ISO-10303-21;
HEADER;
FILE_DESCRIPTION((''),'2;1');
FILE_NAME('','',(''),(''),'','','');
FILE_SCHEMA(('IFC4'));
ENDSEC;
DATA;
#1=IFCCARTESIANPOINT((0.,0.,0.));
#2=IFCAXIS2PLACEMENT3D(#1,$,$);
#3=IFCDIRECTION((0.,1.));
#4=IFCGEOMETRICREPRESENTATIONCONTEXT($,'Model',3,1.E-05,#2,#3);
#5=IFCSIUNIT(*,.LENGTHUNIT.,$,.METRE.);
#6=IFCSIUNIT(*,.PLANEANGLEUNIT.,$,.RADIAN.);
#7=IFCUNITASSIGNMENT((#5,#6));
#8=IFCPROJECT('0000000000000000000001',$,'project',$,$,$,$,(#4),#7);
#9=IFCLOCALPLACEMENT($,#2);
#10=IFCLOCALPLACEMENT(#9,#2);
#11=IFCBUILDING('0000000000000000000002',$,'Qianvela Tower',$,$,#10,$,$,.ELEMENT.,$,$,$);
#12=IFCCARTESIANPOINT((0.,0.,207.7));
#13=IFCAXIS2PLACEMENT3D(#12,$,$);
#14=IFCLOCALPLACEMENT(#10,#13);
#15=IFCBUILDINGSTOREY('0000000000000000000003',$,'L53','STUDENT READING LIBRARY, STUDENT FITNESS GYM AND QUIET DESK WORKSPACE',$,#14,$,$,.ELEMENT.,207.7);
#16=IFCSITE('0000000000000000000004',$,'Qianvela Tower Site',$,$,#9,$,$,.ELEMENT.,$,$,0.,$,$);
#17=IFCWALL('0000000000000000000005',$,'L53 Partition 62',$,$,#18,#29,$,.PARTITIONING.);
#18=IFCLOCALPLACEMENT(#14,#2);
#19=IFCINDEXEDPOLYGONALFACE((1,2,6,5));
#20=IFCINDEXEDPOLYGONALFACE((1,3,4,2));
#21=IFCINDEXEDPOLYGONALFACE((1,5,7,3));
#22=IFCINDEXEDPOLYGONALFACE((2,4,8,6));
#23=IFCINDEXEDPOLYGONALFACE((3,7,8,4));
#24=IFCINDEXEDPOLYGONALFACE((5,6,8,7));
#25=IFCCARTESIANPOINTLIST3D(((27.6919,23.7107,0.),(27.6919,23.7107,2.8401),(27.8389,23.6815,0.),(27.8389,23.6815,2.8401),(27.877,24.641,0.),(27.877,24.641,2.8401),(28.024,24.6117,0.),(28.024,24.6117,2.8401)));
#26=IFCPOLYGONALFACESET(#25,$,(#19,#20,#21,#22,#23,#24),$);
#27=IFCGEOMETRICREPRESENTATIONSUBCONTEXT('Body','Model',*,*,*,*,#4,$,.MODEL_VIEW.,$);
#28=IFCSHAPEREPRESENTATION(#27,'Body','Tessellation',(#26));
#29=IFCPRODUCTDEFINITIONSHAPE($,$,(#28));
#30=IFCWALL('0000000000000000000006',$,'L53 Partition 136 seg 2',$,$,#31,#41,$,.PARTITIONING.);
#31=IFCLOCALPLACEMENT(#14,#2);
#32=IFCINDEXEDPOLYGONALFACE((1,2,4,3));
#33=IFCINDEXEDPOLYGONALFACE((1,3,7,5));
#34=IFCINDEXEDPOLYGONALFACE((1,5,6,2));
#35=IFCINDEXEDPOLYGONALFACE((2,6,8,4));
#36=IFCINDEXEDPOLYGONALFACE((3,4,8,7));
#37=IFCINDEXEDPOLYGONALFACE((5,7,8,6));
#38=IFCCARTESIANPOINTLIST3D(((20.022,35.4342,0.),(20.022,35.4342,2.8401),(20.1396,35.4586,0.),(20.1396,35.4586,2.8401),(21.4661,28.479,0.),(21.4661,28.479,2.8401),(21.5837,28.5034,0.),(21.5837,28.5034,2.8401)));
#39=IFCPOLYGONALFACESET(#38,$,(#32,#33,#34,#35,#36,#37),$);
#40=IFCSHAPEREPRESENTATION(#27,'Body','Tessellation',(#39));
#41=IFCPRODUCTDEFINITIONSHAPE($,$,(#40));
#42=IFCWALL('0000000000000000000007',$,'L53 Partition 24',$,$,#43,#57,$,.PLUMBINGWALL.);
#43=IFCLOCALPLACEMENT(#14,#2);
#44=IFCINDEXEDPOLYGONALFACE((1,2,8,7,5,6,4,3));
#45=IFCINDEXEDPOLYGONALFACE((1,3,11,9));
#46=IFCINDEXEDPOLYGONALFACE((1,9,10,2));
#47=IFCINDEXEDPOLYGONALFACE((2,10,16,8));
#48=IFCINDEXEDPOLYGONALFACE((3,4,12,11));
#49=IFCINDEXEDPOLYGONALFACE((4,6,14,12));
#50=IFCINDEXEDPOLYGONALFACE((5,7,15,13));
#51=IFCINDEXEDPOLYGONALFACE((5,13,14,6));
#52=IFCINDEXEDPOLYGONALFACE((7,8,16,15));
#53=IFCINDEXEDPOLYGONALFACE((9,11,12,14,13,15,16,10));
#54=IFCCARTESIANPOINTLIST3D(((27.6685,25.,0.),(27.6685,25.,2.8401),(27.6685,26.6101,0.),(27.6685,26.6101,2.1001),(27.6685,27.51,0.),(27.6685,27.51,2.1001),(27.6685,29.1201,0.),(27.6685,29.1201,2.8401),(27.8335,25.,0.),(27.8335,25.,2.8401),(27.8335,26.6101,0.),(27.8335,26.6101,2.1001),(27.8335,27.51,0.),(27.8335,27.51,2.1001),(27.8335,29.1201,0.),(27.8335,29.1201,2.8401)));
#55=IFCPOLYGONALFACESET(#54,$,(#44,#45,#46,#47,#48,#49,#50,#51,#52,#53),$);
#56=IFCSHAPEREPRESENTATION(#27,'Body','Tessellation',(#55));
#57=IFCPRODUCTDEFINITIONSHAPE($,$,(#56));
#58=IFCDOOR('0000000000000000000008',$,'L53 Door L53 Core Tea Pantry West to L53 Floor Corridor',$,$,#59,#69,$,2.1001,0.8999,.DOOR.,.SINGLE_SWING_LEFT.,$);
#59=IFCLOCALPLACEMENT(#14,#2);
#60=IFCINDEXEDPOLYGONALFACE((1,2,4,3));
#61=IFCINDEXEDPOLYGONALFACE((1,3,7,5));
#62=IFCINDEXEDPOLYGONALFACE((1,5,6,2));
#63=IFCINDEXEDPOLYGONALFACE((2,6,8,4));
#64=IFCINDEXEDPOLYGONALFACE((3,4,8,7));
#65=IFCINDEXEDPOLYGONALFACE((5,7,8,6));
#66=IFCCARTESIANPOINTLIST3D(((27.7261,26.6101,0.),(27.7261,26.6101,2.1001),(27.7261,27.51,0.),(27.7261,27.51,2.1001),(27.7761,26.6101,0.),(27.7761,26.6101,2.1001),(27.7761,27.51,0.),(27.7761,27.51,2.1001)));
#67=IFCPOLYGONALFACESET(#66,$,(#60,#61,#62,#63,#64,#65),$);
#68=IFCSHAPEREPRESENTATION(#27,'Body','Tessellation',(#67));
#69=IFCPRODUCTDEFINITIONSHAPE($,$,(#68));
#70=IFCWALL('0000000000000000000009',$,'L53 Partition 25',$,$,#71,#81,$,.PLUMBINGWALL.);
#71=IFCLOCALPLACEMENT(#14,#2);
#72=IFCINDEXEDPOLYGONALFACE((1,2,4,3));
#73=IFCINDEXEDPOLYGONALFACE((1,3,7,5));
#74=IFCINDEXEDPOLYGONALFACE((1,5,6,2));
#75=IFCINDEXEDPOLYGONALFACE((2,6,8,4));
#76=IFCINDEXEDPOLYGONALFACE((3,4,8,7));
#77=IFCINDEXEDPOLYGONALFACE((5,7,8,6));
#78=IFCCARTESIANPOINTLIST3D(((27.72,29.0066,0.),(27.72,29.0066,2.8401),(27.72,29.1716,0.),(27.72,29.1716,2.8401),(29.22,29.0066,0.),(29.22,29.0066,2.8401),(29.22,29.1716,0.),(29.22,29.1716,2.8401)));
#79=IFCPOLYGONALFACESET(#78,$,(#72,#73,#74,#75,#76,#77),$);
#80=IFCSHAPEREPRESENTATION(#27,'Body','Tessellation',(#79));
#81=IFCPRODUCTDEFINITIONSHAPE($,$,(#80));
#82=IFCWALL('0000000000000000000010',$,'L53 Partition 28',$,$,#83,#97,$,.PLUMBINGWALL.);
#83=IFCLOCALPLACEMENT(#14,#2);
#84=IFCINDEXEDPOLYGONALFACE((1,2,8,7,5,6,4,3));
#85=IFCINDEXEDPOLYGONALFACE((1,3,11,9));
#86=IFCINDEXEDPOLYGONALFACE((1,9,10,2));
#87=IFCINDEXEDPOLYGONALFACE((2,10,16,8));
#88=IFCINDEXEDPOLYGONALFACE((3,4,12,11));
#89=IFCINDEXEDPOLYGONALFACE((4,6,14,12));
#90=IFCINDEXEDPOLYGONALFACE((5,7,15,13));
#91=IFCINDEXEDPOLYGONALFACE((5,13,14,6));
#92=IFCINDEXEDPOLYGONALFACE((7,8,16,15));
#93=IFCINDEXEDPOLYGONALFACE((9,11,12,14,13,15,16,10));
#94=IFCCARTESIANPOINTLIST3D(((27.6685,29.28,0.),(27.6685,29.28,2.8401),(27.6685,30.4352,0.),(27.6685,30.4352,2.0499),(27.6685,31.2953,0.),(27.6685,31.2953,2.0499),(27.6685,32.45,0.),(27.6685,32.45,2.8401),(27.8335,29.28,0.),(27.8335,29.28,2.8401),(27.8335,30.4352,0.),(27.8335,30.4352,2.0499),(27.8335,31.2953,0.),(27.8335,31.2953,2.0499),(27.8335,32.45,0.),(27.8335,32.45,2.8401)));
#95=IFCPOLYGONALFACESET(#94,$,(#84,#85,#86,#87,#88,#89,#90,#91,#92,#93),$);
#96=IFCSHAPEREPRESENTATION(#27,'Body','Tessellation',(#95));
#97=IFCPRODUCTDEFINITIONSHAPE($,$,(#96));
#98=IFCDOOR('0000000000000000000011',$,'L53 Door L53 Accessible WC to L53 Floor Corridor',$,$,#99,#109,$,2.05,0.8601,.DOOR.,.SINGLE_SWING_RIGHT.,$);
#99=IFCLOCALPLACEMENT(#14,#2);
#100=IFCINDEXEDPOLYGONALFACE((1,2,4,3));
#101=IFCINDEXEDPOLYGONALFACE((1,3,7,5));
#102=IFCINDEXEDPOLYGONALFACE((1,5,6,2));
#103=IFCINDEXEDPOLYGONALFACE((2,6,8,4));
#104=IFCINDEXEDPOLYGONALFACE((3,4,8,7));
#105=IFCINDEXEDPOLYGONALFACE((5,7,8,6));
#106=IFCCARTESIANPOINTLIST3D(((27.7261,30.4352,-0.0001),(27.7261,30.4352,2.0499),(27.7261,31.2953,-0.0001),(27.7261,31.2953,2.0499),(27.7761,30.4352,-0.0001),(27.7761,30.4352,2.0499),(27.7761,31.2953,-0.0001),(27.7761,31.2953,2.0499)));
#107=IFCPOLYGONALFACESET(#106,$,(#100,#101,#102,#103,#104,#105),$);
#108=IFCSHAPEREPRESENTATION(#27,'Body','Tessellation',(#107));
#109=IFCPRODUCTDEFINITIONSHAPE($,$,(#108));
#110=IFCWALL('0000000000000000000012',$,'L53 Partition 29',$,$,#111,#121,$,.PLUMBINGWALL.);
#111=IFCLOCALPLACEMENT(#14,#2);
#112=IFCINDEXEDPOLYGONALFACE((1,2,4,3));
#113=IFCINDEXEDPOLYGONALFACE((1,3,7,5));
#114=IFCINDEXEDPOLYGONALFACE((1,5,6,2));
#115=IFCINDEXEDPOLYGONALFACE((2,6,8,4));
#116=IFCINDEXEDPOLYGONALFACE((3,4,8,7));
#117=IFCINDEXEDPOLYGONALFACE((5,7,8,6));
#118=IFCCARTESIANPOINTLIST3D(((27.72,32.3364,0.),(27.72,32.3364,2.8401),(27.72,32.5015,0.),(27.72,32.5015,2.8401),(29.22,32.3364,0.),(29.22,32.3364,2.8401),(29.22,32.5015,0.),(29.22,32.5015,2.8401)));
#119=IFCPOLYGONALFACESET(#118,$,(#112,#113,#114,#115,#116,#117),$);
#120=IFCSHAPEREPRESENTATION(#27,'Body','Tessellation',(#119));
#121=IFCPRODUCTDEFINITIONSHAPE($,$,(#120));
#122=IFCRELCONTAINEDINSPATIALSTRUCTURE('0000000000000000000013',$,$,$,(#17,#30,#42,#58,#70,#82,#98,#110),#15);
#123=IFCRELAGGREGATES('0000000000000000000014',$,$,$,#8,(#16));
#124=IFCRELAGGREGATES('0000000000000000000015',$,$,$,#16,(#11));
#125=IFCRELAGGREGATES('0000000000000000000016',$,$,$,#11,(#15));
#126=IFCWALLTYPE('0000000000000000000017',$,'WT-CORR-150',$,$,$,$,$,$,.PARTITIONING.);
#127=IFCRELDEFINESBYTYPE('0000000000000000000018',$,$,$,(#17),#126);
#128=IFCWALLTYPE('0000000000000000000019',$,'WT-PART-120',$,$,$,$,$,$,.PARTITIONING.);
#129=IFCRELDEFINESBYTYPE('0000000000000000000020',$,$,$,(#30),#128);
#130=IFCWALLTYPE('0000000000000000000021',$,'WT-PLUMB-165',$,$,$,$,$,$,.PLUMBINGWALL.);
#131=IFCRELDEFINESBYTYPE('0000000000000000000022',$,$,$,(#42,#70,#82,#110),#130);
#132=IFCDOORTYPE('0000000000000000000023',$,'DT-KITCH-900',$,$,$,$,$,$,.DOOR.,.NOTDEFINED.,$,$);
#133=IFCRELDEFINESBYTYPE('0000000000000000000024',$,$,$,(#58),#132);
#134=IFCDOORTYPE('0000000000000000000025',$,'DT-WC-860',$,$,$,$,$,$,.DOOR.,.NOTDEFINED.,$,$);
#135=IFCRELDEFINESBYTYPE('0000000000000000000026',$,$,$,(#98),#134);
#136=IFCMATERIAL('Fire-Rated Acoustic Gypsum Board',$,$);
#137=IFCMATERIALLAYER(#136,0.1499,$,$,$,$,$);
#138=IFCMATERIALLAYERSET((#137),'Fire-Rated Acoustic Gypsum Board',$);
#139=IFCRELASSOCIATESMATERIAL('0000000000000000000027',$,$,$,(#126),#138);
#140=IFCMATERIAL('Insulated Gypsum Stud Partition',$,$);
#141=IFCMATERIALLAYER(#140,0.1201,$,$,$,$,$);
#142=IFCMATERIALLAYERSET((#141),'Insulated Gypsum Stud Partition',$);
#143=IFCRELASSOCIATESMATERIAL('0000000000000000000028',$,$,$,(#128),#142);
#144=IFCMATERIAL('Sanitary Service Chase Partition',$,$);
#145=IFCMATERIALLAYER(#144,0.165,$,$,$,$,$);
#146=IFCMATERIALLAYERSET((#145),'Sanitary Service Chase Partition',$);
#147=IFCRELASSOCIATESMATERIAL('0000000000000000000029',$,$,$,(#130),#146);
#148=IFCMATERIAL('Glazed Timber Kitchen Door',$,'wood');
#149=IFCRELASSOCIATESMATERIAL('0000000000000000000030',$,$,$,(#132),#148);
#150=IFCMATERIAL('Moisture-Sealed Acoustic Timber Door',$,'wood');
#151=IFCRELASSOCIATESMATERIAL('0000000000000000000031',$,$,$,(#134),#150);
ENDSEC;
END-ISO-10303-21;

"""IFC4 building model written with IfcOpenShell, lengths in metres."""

from ifc_helpers import new_model, si_unit, direction, frame, frame_2d, origin, place, context, subcontext, project, spatial, rectangle, extrude, material, layer, layer_set, type_object, element, fill, save


model = new_model("IFC4")

# Units and contexts
model_context = context("Model", 3, precision=1e-05, world=origin(), true_north=direction((0.0, 1.0)))
body_context = subcontext(model_context, "Body", "Model", "MODEL_VIEW")
ifc_project = project(units=[si_unit("LENGTHUNIT", "METRE"), si_unit("PLANEANGLEUNIT", "RADIAN")], contexts=[model_context])

# Site, building, storey
site_placement = place(None, origin())
site = spatial("IfcSite", under=ifc_project, at=site_placement, Name="Qianvela Tower Site", CompositionType="ELEMENT", RefElevation=0.0)
building_placement = place(site_placement, origin())
building = spatial("IfcBuilding", under=site, at=building_placement, Name="Qianvela Tower", CompositionType="ELEMENT")
storey_placement = place(building_placement, frame((0.0, 0.0, 207.7)))
storey = spatial("IfcBuildingStorey", under=building, at=storey_placement, Name="L53", Description="STUDENT READING LIBRARY, STUDENT FITNESS GYM AND QUIET DESK WORKSPACE", CompositionType="ELEMENT", Elevation=207.7)

# Walls
ifc_material_1 = material(Name="Fire-Rated Acoustic Gypsum Board")
ifc_layer_1 = layer(ifc_material_1, 0.1499)
ifc_layer_set_1 = layer_set([ifc_layer_1], Name="Fire-Rated Acoustic Gypsum Board")
wall_type_1 = type_object("IfcWallType", Name="WT-CORR-150", PredefinedType="PARTITIONING", material=ifc_layer_set_1)
wall_1_placement = place(storey_placement, frame((27.9504, 24.6262, 0.0), z_axis=(0.0, 0.0, 1.0), x_axis=(-0.195126, -0.980778, 0.0)))
element("IfcWall", 1, at=wall_1_placement, inside=storey, type_object=wall_type_1, Name="L53 Partition 62", PredefinedType="PARTITIONING", context=body_context, shape_type="SweptSolid", body=[
    extrude(rectangle(XDim=0.9485, YDim=0.1499, at=frame_2d((0.4741, 0.0))), origin(), (0.0, 0.0, 1.0), 2.8401),
])
ifc_material_2 = material(Name="Insulated Gypsum Stud Partition")
ifc_layer_2 = layer(ifc_material_2, 0.1201)
ifc_layer_set_2 = layer_set([ifc_layer_2], Name="Insulated Gypsum Stud Partition")
wall_type_2 = type_object("IfcWallType", Name="WT-PART-120", PredefinedType="PARTITIONING", material=ifc_layer_set_2)
wall_2_placement = place(storey_placement, frame((21.5249, 28.4912, 0.0), z_axis=(0.0, 0.0, 1.0), x_axis=(-0.203295, 0.979117, 0.0)))
element("IfcWall", 2, at=wall_2_placement, inside=storey, type_object=wall_type_2, Name="L53 Partition 136 seg 2", PredefinedType="PARTITIONING", context=body_context, shape_type="SweptSolid", body=[
    extrude(rectangle(XDim=7.1035, YDim=0.1201, at=frame_2d((3.5518, 0.0))), origin(), (0.0, 0.0, 1.0), 2.8401),
])

# Wall, opening, door
ifc_material_3 = material(Name="Sanitary Service Chase Partition")
ifc_layer_3 = layer(ifc_material_3, 0.165)
ifc_layer_set_3 = layer_set([ifc_layer_3], Name="Sanitary Service Chase Partition")
wall_type_3 = type_object("IfcWallType", Name="WT-PLUMB-165", PredefinedType="PLUMBINGWALL", material=ifc_layer_set_3)
wall_3_placement = place(storey_placement, frame((27.751, 25.0, 0.0), z_axis=(0.0, 0.0, 1.0), x_axis=(0.0, 1.0, 0.0)))
wall_3 = element("IfcWall", 3, at=wall_3_placement, inside=storey, type_object=wall_type_3, Name="L53 Partition 24", PredefinedType="PLUMBINGWALL", context=body_context, shape_type="SweptSolid", body=[
    extrude(rectangle(XDim=4.1201, YDim=0.165, at=frame_2d((2.0601, 0.0))), origin(), (0.0, 0.0, 1.0), 2.8401),
])
opening_1_placement = place(wall_3_placement, frame((1.6101, 0.0, 0.0)))
opening_1 = element("IfcOpeningElement", 4, at=opening_1_placement, cuts=wall_3, PredefinedType="OPENING", context=body_context, shape_type="SweptSolid", body=[
    extrude(rectangle(XDim=0.8999, YDim=2.1001, at=frame_2d((0.45, 1.05))), frame((0.0, 0.0925, 0.0), z_axis=(0.0, -1.0, 0.0), x_axis=(1.0, 0.0, 0.0)), (0.0, 0.0, 1.0), 0.1851),
])
ifc_material_4 = material(Name="Glazed Timber Kitchen Door", Category="wood")
door_type_1 = type_object("IfcDoorType", Name="DT-KITCH-900", OperationType="NOTDEFINED", PredefinedType="DOOR", material=ifc_material_4)
door_1_placement = place(opening_1_placement, origin())
door_1 = element("IfcDoor", 5, at=door_1_placement, inside=storey, type_object=door_type_1, Name="L53 Door L53 Core Tea Pantry West to L53 Floor Corridor", OperationType="SINGLE_SWING_LEFT", OverallHeight=2.1001, OverallWidth=0.8999, PredefinedType="DOOR", context=body_context, shape_type="SweptSolid", body=[
    extrude(rectangle(XDim=0.8999, YDim=2.1001, at=frame_2d((0.45, 1.05))), frame((0.0, 0.0249, 0.0), z_axis=(0.0, -1.0, 0.0), x_axis=(1.0, 0.0, 0.0)), (0.0, 0.0, 1.0), 0.05),
])
fill(opening_1, door_1)

# Wall
wall_4_placement = place(storey_placement, frame((27.72, 29.0891, 0.0), z_axis=(0.0, 0.0, 1.0), x_axis=(1.0, 0.0, 0.0)))
element("IfcWall", 6, at=wall_4_placement, inside=storey, type_object=wall_type_3, Name="L53 Partition 25", PredefinedType="PLUMBINGWALL", context=body_context, shape_type="SweptSolid", body=[
    extrude(rectangle(XDim=1.5, YDim=0.165, at=frame_2d((0.75, 0.0))), origin(), (0.0, 0.0, 1.0), 2.8401),
])

# Wall, opening, door
wall_5_placement = place(storey_placement, frame((27.751, 29.28, 0.0), z_axis=(0.0, 0.0, 1.0), x_axis=(0.0, 1.0, 0.0)))
wall_5 = element("IfcWall", 7, at=wall_5_placement, inside=storey, type_object=wall_type_3, Name="L53 Partition 28", PredefinedType="PLUMBINGWALL", context=body_context, shape_type="SweptSolid", body=[
    extrude(rectangle(XDim=3.1699, YDim=0.165, at=frame_2d((1.585, 0.0))), origin(), (0.0, 0.0, 1.0), 2.8401),
])
opening_2_placement = place(wall_5_placement, frame((1.155, 0.0, 0.0)))
opening_2 = element("IfcOpeningElement", 8, at=opening_2_placement, cuts=wall_5, PredefinedType="OPENING", context=body_context, shape_type="SweptSolid", body=[
    extrude(rectangle(XDim=0.8601, YDim=2.05, at=frame_2d((0.4302, 1.0249))), frame((0.0, 0.0925, 0.0), z_axis=(0.0, -1.0, 0.0), x_axis=(1.0, 0.0, 0.0)), (0.0, 0.0, 1.0), 0.1851),
])
ifc_material_5 = material(Name="Moisture-Sealed Acoustic Timber Door", Category="wood")
door_type_2 = type_object("IfcDoorType", Name="DT-WC-860", OperationType="NOTDEFINED", PredefinedType="DOOR", material=ifc_material_5)
door_2_placement = place(opening_2_placement, origin())
door_2 = element("IfcDoor", 9, at=door_2_placement, inside=storey, type_object=door_type_2, Name="L53 Door L53 Accessible WC to L53 Floor Corridor", OperationType="SINGLE_SWING_RIGHT", OverallHeight=2.05, OverallWidth=0.8601, PredefinedType="DOOR", context=body_context, shape_type="SweptSolid", body=[
    extrude(rectangle(XDim=0.8601, YDim=2.05, at=frame_2d((0.4302, 1.0249))), frame((0.0, 0.0249, 0.0), z_axis=(0.0, -1.0, 0.0), x_axis=(1.0, 0.0, 0.0)), (0.0, 0.0, 1.0), 0.05),
])
fill(opening_2, door_2)

# Wall
wall_6_placement = place(storey_placement, frame((27.72, 32.4189, 0.0), z_axis=(0.0, 0.0, 1.0), x_axis=(1.0, 0.0, 0.0)))
element("IfcWall", 10, at=wall_6_placement, inside=storey, type_object=wall_type_3, Name="L53 Partition 29", PredefinedType="PLUMBINGWALL", context=body_context, shape_type="SweptSolid", body=[
    extrude(rectangle(XDim=1.5, YDim=0.165, at=frame_2d((0.75, 0.0))), origin(), (0.0, 0.0, 1.0), 2.8401),
])

save(model, "model.ifc")
